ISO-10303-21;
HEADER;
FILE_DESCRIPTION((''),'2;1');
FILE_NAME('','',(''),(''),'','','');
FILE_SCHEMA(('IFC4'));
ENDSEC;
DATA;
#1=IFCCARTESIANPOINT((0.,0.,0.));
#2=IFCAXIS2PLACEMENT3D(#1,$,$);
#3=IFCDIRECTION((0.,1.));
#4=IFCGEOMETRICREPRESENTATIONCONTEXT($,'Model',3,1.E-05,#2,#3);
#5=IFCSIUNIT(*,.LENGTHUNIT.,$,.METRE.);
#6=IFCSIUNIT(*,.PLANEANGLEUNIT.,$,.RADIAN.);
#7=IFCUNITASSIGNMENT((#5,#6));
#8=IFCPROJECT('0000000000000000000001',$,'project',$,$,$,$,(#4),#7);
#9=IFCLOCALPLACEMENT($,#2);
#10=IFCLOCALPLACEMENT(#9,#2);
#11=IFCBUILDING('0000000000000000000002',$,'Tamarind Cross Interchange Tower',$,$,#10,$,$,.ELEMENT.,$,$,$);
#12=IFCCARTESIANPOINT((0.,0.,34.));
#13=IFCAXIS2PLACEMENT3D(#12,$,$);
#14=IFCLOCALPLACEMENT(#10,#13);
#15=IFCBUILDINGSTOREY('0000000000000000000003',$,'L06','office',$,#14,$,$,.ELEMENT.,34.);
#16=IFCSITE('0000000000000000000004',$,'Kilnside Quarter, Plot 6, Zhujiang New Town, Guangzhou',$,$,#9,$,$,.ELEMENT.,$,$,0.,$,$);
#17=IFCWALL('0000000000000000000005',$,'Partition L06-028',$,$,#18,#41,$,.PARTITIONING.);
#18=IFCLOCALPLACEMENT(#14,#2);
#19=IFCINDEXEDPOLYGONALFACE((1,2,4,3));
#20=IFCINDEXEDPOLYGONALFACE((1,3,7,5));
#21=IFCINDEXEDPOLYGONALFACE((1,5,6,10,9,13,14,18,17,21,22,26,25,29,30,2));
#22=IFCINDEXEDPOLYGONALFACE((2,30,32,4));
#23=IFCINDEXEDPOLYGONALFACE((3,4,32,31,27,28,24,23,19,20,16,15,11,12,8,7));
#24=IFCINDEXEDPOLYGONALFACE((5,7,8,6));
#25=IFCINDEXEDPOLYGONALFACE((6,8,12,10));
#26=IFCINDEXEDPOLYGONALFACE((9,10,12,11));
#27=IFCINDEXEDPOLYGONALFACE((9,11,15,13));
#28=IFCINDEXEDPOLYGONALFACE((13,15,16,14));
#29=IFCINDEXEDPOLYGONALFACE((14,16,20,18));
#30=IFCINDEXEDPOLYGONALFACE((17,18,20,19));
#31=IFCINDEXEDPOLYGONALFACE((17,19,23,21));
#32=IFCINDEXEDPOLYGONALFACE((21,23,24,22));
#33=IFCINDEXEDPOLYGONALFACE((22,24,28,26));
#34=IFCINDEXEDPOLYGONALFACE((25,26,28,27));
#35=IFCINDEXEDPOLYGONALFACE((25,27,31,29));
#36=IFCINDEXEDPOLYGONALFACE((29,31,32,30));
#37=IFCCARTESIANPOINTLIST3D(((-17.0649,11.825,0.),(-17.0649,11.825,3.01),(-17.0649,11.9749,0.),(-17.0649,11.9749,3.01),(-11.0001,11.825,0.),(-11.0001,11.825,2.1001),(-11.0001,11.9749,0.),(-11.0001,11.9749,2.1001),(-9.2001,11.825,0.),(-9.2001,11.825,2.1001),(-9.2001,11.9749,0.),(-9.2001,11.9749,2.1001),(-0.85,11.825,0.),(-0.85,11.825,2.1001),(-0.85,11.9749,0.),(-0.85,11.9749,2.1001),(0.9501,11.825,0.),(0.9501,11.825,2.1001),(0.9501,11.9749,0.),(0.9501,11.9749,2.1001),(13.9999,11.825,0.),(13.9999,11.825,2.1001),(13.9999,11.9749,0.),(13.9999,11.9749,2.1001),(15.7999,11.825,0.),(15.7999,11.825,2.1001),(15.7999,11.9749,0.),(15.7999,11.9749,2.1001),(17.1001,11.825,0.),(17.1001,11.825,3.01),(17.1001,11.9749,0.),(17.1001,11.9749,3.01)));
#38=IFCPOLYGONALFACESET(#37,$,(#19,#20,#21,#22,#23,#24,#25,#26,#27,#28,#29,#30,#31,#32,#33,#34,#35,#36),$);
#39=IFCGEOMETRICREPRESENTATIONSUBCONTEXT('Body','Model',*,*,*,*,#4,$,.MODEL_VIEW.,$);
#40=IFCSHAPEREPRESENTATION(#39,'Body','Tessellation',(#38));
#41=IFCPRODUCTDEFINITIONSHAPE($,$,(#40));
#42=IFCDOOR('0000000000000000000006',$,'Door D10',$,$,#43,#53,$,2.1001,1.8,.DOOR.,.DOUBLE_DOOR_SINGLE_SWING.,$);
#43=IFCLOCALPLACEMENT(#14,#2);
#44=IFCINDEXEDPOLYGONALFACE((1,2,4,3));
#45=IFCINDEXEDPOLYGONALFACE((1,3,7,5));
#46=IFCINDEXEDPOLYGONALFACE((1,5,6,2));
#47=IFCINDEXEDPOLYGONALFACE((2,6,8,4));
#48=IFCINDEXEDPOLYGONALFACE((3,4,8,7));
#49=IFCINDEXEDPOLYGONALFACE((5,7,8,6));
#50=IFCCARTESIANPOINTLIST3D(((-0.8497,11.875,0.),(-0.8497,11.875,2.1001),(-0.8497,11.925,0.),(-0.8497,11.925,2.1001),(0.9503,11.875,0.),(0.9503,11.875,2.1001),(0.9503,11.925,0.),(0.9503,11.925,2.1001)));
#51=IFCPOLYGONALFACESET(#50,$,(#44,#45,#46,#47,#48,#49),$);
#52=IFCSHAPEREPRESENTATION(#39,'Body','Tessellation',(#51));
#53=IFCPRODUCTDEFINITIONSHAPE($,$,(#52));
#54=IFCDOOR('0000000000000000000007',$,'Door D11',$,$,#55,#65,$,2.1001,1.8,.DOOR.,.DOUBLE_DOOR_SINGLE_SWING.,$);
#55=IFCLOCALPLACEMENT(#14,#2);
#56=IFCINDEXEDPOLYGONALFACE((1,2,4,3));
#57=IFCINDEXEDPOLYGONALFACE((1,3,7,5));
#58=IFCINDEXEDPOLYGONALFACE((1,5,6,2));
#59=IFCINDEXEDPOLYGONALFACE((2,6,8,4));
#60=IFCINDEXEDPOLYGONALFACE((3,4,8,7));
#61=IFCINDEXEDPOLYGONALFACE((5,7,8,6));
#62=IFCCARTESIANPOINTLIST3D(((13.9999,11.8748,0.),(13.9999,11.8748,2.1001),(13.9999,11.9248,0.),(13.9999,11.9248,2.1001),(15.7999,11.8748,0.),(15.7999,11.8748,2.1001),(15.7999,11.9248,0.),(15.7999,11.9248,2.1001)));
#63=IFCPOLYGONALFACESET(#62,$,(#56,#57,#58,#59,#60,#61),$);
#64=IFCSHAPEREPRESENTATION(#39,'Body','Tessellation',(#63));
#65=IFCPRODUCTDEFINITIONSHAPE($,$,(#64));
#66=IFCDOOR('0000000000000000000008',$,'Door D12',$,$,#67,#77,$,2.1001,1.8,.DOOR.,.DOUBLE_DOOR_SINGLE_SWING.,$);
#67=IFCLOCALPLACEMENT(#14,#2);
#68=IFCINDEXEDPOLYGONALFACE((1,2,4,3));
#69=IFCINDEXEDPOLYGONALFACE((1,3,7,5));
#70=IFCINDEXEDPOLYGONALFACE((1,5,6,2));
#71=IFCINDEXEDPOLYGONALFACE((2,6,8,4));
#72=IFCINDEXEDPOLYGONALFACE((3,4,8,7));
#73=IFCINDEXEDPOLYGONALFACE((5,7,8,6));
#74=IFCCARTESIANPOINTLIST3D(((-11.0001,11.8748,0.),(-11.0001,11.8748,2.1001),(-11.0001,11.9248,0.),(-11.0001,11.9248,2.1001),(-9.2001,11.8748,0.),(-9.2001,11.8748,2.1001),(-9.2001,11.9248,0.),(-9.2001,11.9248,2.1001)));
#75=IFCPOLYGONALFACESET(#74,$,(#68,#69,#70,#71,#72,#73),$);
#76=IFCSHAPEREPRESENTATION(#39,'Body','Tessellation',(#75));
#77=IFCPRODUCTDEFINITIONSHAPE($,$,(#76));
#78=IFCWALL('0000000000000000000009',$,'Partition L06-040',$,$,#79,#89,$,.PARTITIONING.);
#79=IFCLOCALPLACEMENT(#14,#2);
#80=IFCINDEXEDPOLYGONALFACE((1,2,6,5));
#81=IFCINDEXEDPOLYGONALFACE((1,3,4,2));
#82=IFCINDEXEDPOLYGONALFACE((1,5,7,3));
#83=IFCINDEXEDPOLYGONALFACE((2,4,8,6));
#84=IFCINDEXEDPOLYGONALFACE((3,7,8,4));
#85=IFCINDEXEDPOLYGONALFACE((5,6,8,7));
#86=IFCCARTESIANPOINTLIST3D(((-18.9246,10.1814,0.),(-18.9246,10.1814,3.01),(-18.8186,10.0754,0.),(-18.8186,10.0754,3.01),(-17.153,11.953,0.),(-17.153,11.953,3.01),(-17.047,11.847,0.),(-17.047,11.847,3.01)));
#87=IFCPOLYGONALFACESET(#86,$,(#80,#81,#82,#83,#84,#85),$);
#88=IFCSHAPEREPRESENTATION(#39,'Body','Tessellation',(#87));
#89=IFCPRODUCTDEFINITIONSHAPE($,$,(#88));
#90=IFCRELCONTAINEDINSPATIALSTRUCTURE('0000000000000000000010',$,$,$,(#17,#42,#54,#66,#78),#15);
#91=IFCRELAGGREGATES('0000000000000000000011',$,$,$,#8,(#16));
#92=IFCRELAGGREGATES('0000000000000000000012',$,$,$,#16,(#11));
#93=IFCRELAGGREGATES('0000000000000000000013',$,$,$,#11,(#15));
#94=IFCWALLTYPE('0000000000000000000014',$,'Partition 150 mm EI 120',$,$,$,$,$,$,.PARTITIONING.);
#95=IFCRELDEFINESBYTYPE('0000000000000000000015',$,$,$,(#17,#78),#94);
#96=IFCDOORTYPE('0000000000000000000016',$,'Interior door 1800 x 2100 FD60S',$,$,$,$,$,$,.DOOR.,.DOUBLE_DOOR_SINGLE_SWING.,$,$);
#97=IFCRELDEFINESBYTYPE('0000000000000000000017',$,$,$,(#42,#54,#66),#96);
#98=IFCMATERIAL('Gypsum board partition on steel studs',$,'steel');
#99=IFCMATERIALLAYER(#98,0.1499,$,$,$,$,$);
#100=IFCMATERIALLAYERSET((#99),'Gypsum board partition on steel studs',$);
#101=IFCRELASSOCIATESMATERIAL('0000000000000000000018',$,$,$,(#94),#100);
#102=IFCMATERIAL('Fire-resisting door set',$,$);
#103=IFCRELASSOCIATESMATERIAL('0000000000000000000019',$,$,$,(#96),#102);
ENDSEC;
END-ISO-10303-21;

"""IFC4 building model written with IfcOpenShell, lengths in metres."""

from ifc_helpers import new_model, si_unit, direction, frame, frame_2d, origin, place, context, subcontext, project, spatial, rectangle, extrude, material, layer, layer_set, type_object, element, fill, save


model = new_model("IFC4")

# Units and contexts
model_context = context("Model", 3, precision=1e-05, world=origin(), true_north=direction((0.0, 1.0)))
body_context = subcontext(model_context, "Body", "Model", "MODEL_VIEW")
ifc_project = project(units=[si_unit("LENGTHUNIT", "METRE"), si_unit("PLANEANGLEUNIT", "RADIAN")], contexts=[model_context])

# Site, building, storey
site_placement = place(None, origin())
site = spatial("IfcSite", under=ifc_project, at=site_placement, Name="Kilnside Quarter, Plot 6, Zhujiang New Town, Guangzhou", CompositionType="ELEMENT", RefElevation=0.0)
building_placement = place(site_placement, origin())
building = spatial("IfcBuilding", under=site, at=building_placement, Name="Tamarind Cross Interchange Tower", CompositionType="ELEMENT")
storey_placement = place(building_placement, frame((0.0, 0.0, 34.0)))
storey = spatial("IfcBuildingStorey", under=building, at=storey_placement, Name="L06", Description="office", CompositionType="ELEMENT", Elevation=34.0)

# Shared definitions
ifc_material_1 = material(Name="Gypsum board partition on steel studs", Category="steel")
ifc_layer_1 = layer(ifc_material_1, 0.1499)
ifc_layer_set_1 = layer_set([ifc_layer_1], Name="Gypsum board partition on steel studs")
wall_type_1 = type_object("IfcWallType", Name="Partition 150 mm EI 120", PredefinedType="PARTITIONING", material=ifc_layer_set_1)

# Wall, openings, doors
wall_1_placement = place(storey_placement, frame((-17.0649, 11.8999, 0.0), z_axis=(0.0, 0.0, 1.0), x_axis=(1.0, 0.0, 0.0)))
wall_1 = element("IfcWall", 1, at=wall_1_placement, inside=storey, type_object=wall_type_1, Name="Partition L06-028", PredefinedType="PARTITIONING", context=body_context, shape_type="SweptSolid", body=[
    extrude(rectangle(XDim=34.165, YDim=0.1499, at=frame_2d((17.0825, 0.0))), origin(), (0.0, 0.0, 1.0), 3.01),
])
opening_1_placement = place(wall_1_placement, frame((16.2151, 0.0, 0.0)))
opening_1 = element("IfcOpeningElement", 2, at=opening_1_placement, cuts=wall_1, PredefinedType="OPENING", context=body_context, shape_type="SweptSolid", body=[
    extrude(rectangle(XDim=1.8, YDim=2.1001, at=frame_2d((0.8999, 1.05))), frame((0.0, 0.085, 0.0), z_axis=(0.0, -1.0, 0.0), x_axis=(1.0, 0.0, 0.0)), (0.0, 0.0, 1.0), 0.1699),
])
opening_2_placement = place(wall_1_placement, frame((31.0649, 0.0, 0.0)))
opening_2 = element("IfcOpeningElement", 3, at=opening_2_placement, cuts=wall_1, PredefinedType="OPENING", context=body_context, shape_type="SweptSolid", body=[
    extrude(rectangle(XDim=1.8, YDim=2.1001, at=frame_2d((0.8999, 1.05))), frame((0.0, 0.085, 0.0), z_axis=(0.0, -1.0, 0.0), x_axis=(1.0, 0.0, 0.0)), (0.0, 0.0, 1.0), 0.1699),
])
opening_3_placement = place(wall_1_placement, frame((6.0649, 0.0, 0.0)))
opening_3 = element("IfcOpeningElement", 4, at=opening_3_placement, cuts=wall_1, PredefinedType="OPENING", context=body_context, shape_type="SweptSolid", body=[
    extrude(rectangle(XDim=1.8, YDim=2.1001, at=frame_2d((0.8999, 1.05))), frame((0.0, 0.085, 0.0), z_axis=(0.0, -1.0, 0.0), x_axis=(1.0, 0.0, 0.0)), (0.0, 0.0, 1.0), 0.1699),
])
ifc_material_2 = material(Name="Fire-resisting door set")
door_type = type_object("IfcDoorType", Name="Interior door 1800 x 2100 FD60S", OperationType="DOUBLE_DOOR_SINGLE_SWING", PredefinedType="DOOR", material=ifc_material_2)
door_1_placement = place(opening_1_placement, frame((1.8, 0.0, 0.0), z_axis=(0.0, 0.0, 1.0), x_axis=(-1.0, 0.0, 0.0)))
door_1 = element("IfcDoor", 5, at=door_1_placement, inside=storey, type_object=door_type, Name="Door D10", OperationType="DOUBLE_DOOR_SINGLE_SWING", OverallHeight=2.1001, OverallWidth=1.8, PredefinedType="DOOR", context=body_context, shape_type="SweptSolid", body=[
    extrude(rectangle(XDim=1.8, YDim=2.1001, at=frame_2d((0.8999, 1.05))), frame((0.0, 0.0249, 0.0), z_axis=(0.0, -1.0, 0.0), x_axis=(1.0, 0.0, 0.0)), (0.0, 0.0, 1.0), 0.05),
])
fill(opening_1, door_1)
door_2_placement = place(opening_2_placement, origin())
door_2 = element("IfcDoor", 6, at=door_2_placement, inside=storey, type_object=door_type, Name="Door D11", OperationType="DOUBLE_DOOR_SINGLE_SWING", OverallHeight=2.1001, OverallWidth=1.8, PredefinedType="DOOR", context=body_context, shape_type="SweptSolid", body=[
    extrude(rectangle(XDim=1.8, YDim=2.1001, at=frame_2d((0.8999, 1.05))), frame((0.0, 0.0249, 0.0), z_axis=(0.0, -1.0, 0.0), x_axis=(1.0, 0.0, 0.0)), (0.0, 0.0, 1.0), 0.05),
])
fill(opening_2, door_2)
door_3_placement = place(opening_3_placement, origin())
door_3 = element("IfcDoor", 7, at=door_3_placement, inside=storey, type_object=door_type, Name="Door D12", OperationType="DOUBLE_DOOR_SINGLE_SWING", OverallHeight=2.1001, OverallWidth=1.8, PredefinedType="DOOR", context=body_context, shape_type="SweptSolid", body=[
    extrude(rectangle(XDim=1.8, YDim=2.1001, at=frame_2d((0.8999, 1.05))), frame((0.0, 0.0249, 0.0), z_axis=(0.0, -1.0, 0.0), x_axis=(1.0, 0.0, 0.0)), (0.0, 0.0, 1.0), 0.05),
])
fill(opening_3, door_3)

# Wall
wall_2_placement = place(storey_placement, frame((-18.8716, 10.1284, 0.0), z_axis=(0.0, 0.0, 1.0), x_axis=(0.707107, 0.707107, 0.0)))
element("IfcWall", 8, at=wall_2_placement, inside=storey, type_object=wall_type_1, Name="Partition L06-040", PredefinedType="PARTITIONING", context=body_context, shape_type="SweptSolid", body=[
    extrude(rectangle(XDim=2.5054, YDim=0.1499, at=frame_2d((1.2527, 0.0))), origin(), (0.0, 0.0, 1.0), 3.01),
])

save(model, "model.ifc")
